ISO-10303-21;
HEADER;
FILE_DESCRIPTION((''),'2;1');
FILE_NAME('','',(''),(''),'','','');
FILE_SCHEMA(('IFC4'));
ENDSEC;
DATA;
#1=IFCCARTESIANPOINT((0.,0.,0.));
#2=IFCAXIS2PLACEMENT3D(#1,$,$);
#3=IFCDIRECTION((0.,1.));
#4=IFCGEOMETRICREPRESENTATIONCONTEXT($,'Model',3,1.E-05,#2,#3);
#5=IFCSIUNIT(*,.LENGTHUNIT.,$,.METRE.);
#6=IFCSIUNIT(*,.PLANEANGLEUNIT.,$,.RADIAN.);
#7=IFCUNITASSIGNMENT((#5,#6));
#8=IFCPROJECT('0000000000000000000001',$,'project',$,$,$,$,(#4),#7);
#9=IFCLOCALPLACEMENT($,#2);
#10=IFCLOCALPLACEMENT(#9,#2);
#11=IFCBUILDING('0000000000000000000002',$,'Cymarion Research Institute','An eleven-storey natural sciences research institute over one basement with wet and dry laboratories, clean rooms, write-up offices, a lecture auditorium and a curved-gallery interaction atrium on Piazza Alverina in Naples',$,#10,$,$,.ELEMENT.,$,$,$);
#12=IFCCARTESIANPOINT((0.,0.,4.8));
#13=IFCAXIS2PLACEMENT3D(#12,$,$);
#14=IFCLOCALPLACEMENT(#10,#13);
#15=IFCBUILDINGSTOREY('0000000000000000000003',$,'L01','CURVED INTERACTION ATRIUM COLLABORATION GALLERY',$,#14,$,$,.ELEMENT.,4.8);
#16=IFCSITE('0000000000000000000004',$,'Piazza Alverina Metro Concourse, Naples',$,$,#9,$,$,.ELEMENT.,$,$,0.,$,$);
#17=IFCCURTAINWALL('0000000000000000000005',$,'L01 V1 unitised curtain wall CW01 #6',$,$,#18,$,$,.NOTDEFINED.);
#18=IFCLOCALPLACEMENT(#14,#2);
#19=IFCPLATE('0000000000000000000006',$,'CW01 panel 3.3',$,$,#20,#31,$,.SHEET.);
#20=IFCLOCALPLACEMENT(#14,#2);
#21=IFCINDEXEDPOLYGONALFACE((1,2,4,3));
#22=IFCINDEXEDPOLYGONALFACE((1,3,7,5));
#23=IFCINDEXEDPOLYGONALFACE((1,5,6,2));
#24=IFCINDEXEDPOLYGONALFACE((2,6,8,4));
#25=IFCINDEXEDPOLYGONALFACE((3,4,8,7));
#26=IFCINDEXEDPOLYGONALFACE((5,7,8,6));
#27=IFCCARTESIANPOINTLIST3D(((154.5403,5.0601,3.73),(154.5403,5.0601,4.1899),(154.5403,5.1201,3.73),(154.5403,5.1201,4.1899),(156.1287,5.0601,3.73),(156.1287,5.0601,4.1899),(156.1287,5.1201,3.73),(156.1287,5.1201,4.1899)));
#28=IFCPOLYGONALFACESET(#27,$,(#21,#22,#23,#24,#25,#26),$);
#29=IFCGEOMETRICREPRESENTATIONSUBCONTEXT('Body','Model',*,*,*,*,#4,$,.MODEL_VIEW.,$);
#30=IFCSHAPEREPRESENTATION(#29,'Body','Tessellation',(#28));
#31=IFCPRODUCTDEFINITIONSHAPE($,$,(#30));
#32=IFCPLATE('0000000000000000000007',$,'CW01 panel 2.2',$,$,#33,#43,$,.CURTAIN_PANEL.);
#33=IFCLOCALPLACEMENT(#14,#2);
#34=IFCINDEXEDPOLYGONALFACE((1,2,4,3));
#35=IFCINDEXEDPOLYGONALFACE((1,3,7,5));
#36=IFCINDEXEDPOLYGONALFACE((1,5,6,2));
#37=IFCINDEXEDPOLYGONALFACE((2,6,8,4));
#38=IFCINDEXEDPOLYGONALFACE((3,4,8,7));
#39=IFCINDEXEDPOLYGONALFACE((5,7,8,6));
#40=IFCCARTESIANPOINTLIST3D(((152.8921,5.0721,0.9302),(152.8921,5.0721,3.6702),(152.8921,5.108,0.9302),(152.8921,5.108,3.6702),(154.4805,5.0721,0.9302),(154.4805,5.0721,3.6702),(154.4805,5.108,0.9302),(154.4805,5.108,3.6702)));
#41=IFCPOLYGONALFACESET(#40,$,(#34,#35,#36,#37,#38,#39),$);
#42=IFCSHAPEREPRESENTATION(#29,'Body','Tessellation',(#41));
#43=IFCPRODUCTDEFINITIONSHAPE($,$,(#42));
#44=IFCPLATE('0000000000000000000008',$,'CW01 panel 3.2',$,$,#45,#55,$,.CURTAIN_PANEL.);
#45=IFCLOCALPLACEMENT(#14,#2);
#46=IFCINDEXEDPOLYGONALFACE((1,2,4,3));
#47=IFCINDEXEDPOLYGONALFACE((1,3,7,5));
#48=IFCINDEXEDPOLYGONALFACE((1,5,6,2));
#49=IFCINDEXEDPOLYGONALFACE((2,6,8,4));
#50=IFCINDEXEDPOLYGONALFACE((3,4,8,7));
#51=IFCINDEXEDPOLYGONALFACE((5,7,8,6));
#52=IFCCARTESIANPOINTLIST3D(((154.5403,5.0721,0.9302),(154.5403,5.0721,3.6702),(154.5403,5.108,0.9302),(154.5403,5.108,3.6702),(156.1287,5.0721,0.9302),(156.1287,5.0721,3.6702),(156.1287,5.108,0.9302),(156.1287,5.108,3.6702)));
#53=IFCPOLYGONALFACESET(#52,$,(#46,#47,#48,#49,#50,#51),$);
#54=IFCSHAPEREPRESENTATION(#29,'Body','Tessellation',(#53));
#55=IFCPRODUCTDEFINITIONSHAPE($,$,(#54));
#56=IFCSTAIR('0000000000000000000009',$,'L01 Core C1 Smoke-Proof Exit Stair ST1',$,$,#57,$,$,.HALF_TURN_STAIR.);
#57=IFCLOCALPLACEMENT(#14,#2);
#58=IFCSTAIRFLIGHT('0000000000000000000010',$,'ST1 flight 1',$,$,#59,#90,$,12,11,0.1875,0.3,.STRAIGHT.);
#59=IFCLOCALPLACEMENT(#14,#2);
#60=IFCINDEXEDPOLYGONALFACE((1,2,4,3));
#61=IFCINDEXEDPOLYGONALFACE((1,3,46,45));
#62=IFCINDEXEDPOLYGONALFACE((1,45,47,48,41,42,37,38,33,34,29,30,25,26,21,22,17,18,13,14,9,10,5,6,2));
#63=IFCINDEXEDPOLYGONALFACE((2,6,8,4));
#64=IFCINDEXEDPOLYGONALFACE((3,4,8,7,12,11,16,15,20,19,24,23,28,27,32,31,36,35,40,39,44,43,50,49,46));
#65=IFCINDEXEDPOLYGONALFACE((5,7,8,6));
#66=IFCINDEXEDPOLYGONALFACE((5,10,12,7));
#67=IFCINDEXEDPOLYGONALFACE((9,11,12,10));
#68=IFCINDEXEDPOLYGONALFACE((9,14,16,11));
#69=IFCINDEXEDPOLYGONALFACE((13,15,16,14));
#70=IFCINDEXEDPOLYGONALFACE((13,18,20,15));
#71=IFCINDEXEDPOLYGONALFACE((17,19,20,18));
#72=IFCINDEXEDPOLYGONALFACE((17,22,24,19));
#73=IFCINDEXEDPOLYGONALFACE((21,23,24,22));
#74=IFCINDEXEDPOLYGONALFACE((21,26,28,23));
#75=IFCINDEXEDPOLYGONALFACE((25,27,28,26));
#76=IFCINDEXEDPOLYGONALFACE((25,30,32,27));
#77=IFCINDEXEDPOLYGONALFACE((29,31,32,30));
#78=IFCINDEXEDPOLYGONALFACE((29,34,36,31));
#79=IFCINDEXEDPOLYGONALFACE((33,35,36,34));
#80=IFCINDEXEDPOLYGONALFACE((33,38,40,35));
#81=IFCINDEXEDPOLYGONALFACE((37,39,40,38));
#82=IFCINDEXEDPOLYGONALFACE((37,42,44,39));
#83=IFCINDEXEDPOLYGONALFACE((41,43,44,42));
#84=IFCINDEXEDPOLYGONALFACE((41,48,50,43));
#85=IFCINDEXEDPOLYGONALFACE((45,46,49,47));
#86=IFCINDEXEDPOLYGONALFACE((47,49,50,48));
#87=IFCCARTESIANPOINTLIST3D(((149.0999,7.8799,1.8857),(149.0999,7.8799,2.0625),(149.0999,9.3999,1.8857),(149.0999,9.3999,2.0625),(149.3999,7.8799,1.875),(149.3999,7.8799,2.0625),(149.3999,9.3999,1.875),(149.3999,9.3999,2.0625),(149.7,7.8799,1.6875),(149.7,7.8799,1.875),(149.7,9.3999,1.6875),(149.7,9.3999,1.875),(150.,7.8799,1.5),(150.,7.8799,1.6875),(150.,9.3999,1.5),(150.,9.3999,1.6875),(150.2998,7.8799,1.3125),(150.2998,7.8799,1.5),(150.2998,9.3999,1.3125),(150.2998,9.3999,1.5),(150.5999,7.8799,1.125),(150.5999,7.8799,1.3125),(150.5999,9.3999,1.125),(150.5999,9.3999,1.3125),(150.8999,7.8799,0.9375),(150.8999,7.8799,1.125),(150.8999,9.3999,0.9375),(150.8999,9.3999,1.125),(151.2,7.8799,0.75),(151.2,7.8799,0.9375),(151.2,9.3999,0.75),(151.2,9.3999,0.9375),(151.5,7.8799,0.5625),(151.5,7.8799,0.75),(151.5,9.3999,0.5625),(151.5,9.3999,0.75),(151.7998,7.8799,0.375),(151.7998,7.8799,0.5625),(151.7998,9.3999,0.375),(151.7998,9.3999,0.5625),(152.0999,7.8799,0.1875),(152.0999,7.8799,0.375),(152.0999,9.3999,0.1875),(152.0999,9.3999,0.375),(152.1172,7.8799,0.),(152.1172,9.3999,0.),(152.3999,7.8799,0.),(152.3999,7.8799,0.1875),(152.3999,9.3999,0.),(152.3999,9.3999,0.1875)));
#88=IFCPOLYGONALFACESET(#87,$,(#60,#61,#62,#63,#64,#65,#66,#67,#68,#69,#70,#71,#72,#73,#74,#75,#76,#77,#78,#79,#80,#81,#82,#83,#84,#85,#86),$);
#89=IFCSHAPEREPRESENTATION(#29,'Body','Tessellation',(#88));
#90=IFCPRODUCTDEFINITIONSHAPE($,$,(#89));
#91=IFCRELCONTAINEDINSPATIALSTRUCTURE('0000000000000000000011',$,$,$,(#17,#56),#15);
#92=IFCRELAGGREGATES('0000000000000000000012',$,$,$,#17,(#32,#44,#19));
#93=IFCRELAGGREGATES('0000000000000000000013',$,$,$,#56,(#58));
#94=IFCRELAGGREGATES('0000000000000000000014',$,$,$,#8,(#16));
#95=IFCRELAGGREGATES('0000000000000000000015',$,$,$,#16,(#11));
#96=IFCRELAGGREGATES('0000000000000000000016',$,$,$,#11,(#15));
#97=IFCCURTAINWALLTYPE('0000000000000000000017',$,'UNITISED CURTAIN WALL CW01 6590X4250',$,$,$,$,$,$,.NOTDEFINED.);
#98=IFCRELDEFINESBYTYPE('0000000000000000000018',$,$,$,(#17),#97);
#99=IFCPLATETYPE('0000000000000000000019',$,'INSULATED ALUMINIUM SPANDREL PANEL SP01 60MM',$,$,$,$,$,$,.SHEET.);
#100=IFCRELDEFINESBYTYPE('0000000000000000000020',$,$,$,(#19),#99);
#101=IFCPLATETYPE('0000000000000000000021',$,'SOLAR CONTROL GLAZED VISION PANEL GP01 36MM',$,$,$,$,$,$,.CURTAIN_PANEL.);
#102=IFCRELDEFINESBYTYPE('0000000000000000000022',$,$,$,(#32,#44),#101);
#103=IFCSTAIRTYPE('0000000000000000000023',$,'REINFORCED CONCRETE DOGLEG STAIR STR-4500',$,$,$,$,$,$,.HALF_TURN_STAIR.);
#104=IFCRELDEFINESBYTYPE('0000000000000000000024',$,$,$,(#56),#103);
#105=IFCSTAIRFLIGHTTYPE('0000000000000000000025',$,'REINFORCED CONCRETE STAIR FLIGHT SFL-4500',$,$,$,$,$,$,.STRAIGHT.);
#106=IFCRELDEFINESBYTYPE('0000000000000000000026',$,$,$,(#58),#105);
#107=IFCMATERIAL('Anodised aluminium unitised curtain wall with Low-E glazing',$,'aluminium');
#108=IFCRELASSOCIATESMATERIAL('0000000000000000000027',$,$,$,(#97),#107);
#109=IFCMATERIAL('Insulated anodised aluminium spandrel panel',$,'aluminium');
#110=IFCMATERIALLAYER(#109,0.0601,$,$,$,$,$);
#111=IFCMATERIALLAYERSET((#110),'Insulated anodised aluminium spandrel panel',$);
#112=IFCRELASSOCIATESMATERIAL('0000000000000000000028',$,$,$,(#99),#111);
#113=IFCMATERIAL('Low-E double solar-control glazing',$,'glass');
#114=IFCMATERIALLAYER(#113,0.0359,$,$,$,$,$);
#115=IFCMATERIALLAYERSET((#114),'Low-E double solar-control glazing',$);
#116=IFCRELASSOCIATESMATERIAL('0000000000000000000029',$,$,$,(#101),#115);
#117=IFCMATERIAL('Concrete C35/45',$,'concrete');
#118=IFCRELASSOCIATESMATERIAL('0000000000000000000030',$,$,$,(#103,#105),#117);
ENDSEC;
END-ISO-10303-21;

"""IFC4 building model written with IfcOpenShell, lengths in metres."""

from ifc_helpers import new_model, si_unit, direction, frame, origin, origin_2d, place, context, subcontext, project, spatial, polyline, rectangle, outline, extrude, material, layer, layer_set, type_object, element, aggregate, save


model = new_model("IFC4")

# Units and contexts
model_context = context("Model", 3, precision=1e-05, world=origin(), true_north=direction((0.0, 1.0)))
body_context = subcontext(model_context, "Body", "Model", "MODEL_VIEW")
ifc_project = project(units=[si_unit("LENGTHUNIT", "METRE"), si_unit("PLANEANGLEUNIT", "RADIAN")], contexts=[model_context])

# Site, building, storey
site_placement = place(None, origin())
site = spatial("IfcSite", under=ifc_project, at=site_placement, Name="Piazza Alverina Metro Concourse, Naples", CompositionType="ELEMENT", RefElevation=0.0)
building_placement = place(site_placement, origin())
building = spatial("IfcBuilding", under=site, at=building_placement, Name="Cymarion Research Institute", Description="An eleven-storey natural sciences research institute over one basement with wet and dry laboratories, clean rooms, write-up offices, a lecture auditorium and a curved-gallery interaction atrium on Piazza Alverina in Naples", CompositionType="ELEMENT")
storey_placement = place(building_placement, frame((0.0, 0.0, 4.8)))
storey = spatial("IfcBuildingStorey", under=building, at=storey_placement, Name="L01", Description="CURVED INTERACTION ATRIUM COLLABORATION GALLERY", CompositionType="ELEMENT", Elevation=4.8)

# Curtain wall
ifc_material_1 = material(Name="Anodised aluminium unitised curtain wall with Low-E glazing", Category="aluminium")
curtain_wall_type = type_object("IfcCurtainWallType", Name="UNITISED CURTAIN WALL CW01 6590X4250", PredefinedType="NOTDEFINED", material=ifc_material_1)
curtain_wall_placement = place(storey_placement, origin())
curtain_wall = element("IfcCurtainWall", 1, at=curtain_wall_placement, inside=storey, type_object=curtain_wall_type, Name="L01 V1 unitised curtain wall CW01 #6", PredefinedType="NOTDEFINED")

# Plates
ifc_material_2 = material(Name="Insulated anodised aluminium spandrel panel", Category="aluminium")
ifc_layer_1 = layer(ifc_material_2, 0.0601)
ifc_layer_set_1 = layer_set([ifc_layer_1], Name="Insulated anodised aluminium spandrel panel")
plate_type_1 = type_object("IfcPlateType", Name="INSULATED ALUMINIUM SPANDREL PANEL SP01 60MM", PredefinedType="SHEET", material=ifc_layer_set_1)
plate_1_placement = place(storey_placement, frame((155.3345, 5.0901, 3.73), z_axis=(0.0, 0.0, 1.0), x_axis=(1.0, 0.0, 0.0)))
plate_1 = element("IfcPlate", 2, at=plate_1_placement, type_object=plate_type_1, Name="CW01 panel 3.3", PredefinedType="SHEET", context=body_context, shape_type="SweptSolid", body=[
    extrude(rectangle(XDim=1.5884, YDim=0.0601, at=origin_2d()), origin(), (0.0, 0.0, 1.0), 0.46),
])
ifc_material_3 = material(Name="Low-E double solar-control glazing", Category="glass")
ifc_layer_2 = layer(ifc_material_3, 0.0359)
ifc_layer_set_2 = layer_set([ifc_layer_2], Name="Low-E double solar-control glazing")
plate_type_2 = type_object("IfcPlateType", Name="SOLAR CONTROL GLAZED VISION PANEL GP01 36MM", PredefinedType="CURTAIN_PANEL", material=ifc_layer_set_2)
plate_2_placement = place(storey_placement, frame((153.6863, 5.0901, 0.9302), z_axis=(0.0, 0.0, 1.0), x_axis=(1.0, 0.0, 0.0)))
plate_2 = element("IfcPlate", 3, at=plate_2_placement, type_object=plate_type_2, Name="CW01 panel 2.2", PredefinedType="CURTAIN_PANEL", context=body_context, shape_type="SweptSolid", body=[
    extrude(rectangle(XDim=1.5884, YDim=0.0359, at=origin_2d()), origin(), (0.0, 0.0, 1.0), 2.74),
])
plate_3_placement = place(storey_placement, frame((155.3345, 5.0901, 0.9302), z_axis=(0.0, 0.0, 1.0), x_axis=(1.0, 0.0, 0.0)))
plate_3 = element("IfcPlate", 4, at=plate_3_placement, type_object=plate_type_2, Name="CW01 panel 3.2", PredefinedType="CURTAIN_PANEL", context=body_context, shape_type="SweptSolid", body=[
    extrude(rectangle(XDim=1.5884, YDim=0.0359, at=origin_2d()), origin(), (0.0, 0.0, 1.0), 2.74),
])
aggregate(curtain_wall, [plate_2, plate_3, plate_1])

# Stair, stair flight
ifc_material_4 = material(Name="Concrete C35/45", Category="concrete")
stair_type = type_object("IfcStairType", Name="REINFORCED CONCRETE DOGLEG STAIR STR-4500", PredefinedType="HALF_TURN_STAIR", material=ifc_material_4)
stair_placement = place(storey_placement, origin())
stair = element("IfcStair", 5, at=stair_placement, inside=storey, type_object=stair_type, Name="L01 Core C1 Smoke-Proof Exit Stair ST1", PredefinedType="HALF_TURN_STAIR")
stair_flight_type = type_object("IfcStairFlightType", Name="REINFORCED CONCRETE STAIR FLIGHT SFL-4500", PredefinedType="STRAIGHT", material=ifc_material_4)
stair_flight_placement = place(storey_placement, frame((152.3999, 8.6399, 0.0), z_axis=(0.0, 0.0, 1.0), x_axis=(-1.0, 0.0, 0.0)))
stair_flight = element("IfcStairFlight", 6, at=stair_flight_placement, type_object=stair_flight_type, Name="ST1 flight 1", NumberOfRisers=12, NumberOfTreads=11, PredefinedType="STRAIGHT", RiserHeight=0.1875, TreadLength=0.3, context=body_context, shape_type="SweptSolid", body=[
    extrude(outline(polyline([(0.0, 0.0), (0.0, 0.1875), (0.3, 0.1875), (0.3, 0.375), (0.6001, 0.375), (0.6001, 0.5625), (0.8999, 0.5625), (0.8999, 0.75), (1.2, 0.75), (1.2, 0.9375), (1.5, 0.9375), (1.5, 1.125), (1.8, 1.125), (1.8, 1.3125), (2.1001, 1.3125), (2.1001, 1.5), (2.3999, 1.5), (2.3999, 1.6875), (2.7, 1.6875), (2.7, 1.875), (3.0, 1.875), (3.0, 2.0625), (3.3, 2.0625), (3.3, 2.25), (3.3, 1.8857), (0.2827, 0.0), (0.0, 0.0)])), frame((0.0, 0.76, 0.0), z_axis=(0.0, -1.0, 0.0), x_axis=(1.0, 0.0, 0.0)), (0.0, 0.0, 1.0), 1.52),
])
aggregate(stair, [stair_flight])

save(model, "model.ifc")
